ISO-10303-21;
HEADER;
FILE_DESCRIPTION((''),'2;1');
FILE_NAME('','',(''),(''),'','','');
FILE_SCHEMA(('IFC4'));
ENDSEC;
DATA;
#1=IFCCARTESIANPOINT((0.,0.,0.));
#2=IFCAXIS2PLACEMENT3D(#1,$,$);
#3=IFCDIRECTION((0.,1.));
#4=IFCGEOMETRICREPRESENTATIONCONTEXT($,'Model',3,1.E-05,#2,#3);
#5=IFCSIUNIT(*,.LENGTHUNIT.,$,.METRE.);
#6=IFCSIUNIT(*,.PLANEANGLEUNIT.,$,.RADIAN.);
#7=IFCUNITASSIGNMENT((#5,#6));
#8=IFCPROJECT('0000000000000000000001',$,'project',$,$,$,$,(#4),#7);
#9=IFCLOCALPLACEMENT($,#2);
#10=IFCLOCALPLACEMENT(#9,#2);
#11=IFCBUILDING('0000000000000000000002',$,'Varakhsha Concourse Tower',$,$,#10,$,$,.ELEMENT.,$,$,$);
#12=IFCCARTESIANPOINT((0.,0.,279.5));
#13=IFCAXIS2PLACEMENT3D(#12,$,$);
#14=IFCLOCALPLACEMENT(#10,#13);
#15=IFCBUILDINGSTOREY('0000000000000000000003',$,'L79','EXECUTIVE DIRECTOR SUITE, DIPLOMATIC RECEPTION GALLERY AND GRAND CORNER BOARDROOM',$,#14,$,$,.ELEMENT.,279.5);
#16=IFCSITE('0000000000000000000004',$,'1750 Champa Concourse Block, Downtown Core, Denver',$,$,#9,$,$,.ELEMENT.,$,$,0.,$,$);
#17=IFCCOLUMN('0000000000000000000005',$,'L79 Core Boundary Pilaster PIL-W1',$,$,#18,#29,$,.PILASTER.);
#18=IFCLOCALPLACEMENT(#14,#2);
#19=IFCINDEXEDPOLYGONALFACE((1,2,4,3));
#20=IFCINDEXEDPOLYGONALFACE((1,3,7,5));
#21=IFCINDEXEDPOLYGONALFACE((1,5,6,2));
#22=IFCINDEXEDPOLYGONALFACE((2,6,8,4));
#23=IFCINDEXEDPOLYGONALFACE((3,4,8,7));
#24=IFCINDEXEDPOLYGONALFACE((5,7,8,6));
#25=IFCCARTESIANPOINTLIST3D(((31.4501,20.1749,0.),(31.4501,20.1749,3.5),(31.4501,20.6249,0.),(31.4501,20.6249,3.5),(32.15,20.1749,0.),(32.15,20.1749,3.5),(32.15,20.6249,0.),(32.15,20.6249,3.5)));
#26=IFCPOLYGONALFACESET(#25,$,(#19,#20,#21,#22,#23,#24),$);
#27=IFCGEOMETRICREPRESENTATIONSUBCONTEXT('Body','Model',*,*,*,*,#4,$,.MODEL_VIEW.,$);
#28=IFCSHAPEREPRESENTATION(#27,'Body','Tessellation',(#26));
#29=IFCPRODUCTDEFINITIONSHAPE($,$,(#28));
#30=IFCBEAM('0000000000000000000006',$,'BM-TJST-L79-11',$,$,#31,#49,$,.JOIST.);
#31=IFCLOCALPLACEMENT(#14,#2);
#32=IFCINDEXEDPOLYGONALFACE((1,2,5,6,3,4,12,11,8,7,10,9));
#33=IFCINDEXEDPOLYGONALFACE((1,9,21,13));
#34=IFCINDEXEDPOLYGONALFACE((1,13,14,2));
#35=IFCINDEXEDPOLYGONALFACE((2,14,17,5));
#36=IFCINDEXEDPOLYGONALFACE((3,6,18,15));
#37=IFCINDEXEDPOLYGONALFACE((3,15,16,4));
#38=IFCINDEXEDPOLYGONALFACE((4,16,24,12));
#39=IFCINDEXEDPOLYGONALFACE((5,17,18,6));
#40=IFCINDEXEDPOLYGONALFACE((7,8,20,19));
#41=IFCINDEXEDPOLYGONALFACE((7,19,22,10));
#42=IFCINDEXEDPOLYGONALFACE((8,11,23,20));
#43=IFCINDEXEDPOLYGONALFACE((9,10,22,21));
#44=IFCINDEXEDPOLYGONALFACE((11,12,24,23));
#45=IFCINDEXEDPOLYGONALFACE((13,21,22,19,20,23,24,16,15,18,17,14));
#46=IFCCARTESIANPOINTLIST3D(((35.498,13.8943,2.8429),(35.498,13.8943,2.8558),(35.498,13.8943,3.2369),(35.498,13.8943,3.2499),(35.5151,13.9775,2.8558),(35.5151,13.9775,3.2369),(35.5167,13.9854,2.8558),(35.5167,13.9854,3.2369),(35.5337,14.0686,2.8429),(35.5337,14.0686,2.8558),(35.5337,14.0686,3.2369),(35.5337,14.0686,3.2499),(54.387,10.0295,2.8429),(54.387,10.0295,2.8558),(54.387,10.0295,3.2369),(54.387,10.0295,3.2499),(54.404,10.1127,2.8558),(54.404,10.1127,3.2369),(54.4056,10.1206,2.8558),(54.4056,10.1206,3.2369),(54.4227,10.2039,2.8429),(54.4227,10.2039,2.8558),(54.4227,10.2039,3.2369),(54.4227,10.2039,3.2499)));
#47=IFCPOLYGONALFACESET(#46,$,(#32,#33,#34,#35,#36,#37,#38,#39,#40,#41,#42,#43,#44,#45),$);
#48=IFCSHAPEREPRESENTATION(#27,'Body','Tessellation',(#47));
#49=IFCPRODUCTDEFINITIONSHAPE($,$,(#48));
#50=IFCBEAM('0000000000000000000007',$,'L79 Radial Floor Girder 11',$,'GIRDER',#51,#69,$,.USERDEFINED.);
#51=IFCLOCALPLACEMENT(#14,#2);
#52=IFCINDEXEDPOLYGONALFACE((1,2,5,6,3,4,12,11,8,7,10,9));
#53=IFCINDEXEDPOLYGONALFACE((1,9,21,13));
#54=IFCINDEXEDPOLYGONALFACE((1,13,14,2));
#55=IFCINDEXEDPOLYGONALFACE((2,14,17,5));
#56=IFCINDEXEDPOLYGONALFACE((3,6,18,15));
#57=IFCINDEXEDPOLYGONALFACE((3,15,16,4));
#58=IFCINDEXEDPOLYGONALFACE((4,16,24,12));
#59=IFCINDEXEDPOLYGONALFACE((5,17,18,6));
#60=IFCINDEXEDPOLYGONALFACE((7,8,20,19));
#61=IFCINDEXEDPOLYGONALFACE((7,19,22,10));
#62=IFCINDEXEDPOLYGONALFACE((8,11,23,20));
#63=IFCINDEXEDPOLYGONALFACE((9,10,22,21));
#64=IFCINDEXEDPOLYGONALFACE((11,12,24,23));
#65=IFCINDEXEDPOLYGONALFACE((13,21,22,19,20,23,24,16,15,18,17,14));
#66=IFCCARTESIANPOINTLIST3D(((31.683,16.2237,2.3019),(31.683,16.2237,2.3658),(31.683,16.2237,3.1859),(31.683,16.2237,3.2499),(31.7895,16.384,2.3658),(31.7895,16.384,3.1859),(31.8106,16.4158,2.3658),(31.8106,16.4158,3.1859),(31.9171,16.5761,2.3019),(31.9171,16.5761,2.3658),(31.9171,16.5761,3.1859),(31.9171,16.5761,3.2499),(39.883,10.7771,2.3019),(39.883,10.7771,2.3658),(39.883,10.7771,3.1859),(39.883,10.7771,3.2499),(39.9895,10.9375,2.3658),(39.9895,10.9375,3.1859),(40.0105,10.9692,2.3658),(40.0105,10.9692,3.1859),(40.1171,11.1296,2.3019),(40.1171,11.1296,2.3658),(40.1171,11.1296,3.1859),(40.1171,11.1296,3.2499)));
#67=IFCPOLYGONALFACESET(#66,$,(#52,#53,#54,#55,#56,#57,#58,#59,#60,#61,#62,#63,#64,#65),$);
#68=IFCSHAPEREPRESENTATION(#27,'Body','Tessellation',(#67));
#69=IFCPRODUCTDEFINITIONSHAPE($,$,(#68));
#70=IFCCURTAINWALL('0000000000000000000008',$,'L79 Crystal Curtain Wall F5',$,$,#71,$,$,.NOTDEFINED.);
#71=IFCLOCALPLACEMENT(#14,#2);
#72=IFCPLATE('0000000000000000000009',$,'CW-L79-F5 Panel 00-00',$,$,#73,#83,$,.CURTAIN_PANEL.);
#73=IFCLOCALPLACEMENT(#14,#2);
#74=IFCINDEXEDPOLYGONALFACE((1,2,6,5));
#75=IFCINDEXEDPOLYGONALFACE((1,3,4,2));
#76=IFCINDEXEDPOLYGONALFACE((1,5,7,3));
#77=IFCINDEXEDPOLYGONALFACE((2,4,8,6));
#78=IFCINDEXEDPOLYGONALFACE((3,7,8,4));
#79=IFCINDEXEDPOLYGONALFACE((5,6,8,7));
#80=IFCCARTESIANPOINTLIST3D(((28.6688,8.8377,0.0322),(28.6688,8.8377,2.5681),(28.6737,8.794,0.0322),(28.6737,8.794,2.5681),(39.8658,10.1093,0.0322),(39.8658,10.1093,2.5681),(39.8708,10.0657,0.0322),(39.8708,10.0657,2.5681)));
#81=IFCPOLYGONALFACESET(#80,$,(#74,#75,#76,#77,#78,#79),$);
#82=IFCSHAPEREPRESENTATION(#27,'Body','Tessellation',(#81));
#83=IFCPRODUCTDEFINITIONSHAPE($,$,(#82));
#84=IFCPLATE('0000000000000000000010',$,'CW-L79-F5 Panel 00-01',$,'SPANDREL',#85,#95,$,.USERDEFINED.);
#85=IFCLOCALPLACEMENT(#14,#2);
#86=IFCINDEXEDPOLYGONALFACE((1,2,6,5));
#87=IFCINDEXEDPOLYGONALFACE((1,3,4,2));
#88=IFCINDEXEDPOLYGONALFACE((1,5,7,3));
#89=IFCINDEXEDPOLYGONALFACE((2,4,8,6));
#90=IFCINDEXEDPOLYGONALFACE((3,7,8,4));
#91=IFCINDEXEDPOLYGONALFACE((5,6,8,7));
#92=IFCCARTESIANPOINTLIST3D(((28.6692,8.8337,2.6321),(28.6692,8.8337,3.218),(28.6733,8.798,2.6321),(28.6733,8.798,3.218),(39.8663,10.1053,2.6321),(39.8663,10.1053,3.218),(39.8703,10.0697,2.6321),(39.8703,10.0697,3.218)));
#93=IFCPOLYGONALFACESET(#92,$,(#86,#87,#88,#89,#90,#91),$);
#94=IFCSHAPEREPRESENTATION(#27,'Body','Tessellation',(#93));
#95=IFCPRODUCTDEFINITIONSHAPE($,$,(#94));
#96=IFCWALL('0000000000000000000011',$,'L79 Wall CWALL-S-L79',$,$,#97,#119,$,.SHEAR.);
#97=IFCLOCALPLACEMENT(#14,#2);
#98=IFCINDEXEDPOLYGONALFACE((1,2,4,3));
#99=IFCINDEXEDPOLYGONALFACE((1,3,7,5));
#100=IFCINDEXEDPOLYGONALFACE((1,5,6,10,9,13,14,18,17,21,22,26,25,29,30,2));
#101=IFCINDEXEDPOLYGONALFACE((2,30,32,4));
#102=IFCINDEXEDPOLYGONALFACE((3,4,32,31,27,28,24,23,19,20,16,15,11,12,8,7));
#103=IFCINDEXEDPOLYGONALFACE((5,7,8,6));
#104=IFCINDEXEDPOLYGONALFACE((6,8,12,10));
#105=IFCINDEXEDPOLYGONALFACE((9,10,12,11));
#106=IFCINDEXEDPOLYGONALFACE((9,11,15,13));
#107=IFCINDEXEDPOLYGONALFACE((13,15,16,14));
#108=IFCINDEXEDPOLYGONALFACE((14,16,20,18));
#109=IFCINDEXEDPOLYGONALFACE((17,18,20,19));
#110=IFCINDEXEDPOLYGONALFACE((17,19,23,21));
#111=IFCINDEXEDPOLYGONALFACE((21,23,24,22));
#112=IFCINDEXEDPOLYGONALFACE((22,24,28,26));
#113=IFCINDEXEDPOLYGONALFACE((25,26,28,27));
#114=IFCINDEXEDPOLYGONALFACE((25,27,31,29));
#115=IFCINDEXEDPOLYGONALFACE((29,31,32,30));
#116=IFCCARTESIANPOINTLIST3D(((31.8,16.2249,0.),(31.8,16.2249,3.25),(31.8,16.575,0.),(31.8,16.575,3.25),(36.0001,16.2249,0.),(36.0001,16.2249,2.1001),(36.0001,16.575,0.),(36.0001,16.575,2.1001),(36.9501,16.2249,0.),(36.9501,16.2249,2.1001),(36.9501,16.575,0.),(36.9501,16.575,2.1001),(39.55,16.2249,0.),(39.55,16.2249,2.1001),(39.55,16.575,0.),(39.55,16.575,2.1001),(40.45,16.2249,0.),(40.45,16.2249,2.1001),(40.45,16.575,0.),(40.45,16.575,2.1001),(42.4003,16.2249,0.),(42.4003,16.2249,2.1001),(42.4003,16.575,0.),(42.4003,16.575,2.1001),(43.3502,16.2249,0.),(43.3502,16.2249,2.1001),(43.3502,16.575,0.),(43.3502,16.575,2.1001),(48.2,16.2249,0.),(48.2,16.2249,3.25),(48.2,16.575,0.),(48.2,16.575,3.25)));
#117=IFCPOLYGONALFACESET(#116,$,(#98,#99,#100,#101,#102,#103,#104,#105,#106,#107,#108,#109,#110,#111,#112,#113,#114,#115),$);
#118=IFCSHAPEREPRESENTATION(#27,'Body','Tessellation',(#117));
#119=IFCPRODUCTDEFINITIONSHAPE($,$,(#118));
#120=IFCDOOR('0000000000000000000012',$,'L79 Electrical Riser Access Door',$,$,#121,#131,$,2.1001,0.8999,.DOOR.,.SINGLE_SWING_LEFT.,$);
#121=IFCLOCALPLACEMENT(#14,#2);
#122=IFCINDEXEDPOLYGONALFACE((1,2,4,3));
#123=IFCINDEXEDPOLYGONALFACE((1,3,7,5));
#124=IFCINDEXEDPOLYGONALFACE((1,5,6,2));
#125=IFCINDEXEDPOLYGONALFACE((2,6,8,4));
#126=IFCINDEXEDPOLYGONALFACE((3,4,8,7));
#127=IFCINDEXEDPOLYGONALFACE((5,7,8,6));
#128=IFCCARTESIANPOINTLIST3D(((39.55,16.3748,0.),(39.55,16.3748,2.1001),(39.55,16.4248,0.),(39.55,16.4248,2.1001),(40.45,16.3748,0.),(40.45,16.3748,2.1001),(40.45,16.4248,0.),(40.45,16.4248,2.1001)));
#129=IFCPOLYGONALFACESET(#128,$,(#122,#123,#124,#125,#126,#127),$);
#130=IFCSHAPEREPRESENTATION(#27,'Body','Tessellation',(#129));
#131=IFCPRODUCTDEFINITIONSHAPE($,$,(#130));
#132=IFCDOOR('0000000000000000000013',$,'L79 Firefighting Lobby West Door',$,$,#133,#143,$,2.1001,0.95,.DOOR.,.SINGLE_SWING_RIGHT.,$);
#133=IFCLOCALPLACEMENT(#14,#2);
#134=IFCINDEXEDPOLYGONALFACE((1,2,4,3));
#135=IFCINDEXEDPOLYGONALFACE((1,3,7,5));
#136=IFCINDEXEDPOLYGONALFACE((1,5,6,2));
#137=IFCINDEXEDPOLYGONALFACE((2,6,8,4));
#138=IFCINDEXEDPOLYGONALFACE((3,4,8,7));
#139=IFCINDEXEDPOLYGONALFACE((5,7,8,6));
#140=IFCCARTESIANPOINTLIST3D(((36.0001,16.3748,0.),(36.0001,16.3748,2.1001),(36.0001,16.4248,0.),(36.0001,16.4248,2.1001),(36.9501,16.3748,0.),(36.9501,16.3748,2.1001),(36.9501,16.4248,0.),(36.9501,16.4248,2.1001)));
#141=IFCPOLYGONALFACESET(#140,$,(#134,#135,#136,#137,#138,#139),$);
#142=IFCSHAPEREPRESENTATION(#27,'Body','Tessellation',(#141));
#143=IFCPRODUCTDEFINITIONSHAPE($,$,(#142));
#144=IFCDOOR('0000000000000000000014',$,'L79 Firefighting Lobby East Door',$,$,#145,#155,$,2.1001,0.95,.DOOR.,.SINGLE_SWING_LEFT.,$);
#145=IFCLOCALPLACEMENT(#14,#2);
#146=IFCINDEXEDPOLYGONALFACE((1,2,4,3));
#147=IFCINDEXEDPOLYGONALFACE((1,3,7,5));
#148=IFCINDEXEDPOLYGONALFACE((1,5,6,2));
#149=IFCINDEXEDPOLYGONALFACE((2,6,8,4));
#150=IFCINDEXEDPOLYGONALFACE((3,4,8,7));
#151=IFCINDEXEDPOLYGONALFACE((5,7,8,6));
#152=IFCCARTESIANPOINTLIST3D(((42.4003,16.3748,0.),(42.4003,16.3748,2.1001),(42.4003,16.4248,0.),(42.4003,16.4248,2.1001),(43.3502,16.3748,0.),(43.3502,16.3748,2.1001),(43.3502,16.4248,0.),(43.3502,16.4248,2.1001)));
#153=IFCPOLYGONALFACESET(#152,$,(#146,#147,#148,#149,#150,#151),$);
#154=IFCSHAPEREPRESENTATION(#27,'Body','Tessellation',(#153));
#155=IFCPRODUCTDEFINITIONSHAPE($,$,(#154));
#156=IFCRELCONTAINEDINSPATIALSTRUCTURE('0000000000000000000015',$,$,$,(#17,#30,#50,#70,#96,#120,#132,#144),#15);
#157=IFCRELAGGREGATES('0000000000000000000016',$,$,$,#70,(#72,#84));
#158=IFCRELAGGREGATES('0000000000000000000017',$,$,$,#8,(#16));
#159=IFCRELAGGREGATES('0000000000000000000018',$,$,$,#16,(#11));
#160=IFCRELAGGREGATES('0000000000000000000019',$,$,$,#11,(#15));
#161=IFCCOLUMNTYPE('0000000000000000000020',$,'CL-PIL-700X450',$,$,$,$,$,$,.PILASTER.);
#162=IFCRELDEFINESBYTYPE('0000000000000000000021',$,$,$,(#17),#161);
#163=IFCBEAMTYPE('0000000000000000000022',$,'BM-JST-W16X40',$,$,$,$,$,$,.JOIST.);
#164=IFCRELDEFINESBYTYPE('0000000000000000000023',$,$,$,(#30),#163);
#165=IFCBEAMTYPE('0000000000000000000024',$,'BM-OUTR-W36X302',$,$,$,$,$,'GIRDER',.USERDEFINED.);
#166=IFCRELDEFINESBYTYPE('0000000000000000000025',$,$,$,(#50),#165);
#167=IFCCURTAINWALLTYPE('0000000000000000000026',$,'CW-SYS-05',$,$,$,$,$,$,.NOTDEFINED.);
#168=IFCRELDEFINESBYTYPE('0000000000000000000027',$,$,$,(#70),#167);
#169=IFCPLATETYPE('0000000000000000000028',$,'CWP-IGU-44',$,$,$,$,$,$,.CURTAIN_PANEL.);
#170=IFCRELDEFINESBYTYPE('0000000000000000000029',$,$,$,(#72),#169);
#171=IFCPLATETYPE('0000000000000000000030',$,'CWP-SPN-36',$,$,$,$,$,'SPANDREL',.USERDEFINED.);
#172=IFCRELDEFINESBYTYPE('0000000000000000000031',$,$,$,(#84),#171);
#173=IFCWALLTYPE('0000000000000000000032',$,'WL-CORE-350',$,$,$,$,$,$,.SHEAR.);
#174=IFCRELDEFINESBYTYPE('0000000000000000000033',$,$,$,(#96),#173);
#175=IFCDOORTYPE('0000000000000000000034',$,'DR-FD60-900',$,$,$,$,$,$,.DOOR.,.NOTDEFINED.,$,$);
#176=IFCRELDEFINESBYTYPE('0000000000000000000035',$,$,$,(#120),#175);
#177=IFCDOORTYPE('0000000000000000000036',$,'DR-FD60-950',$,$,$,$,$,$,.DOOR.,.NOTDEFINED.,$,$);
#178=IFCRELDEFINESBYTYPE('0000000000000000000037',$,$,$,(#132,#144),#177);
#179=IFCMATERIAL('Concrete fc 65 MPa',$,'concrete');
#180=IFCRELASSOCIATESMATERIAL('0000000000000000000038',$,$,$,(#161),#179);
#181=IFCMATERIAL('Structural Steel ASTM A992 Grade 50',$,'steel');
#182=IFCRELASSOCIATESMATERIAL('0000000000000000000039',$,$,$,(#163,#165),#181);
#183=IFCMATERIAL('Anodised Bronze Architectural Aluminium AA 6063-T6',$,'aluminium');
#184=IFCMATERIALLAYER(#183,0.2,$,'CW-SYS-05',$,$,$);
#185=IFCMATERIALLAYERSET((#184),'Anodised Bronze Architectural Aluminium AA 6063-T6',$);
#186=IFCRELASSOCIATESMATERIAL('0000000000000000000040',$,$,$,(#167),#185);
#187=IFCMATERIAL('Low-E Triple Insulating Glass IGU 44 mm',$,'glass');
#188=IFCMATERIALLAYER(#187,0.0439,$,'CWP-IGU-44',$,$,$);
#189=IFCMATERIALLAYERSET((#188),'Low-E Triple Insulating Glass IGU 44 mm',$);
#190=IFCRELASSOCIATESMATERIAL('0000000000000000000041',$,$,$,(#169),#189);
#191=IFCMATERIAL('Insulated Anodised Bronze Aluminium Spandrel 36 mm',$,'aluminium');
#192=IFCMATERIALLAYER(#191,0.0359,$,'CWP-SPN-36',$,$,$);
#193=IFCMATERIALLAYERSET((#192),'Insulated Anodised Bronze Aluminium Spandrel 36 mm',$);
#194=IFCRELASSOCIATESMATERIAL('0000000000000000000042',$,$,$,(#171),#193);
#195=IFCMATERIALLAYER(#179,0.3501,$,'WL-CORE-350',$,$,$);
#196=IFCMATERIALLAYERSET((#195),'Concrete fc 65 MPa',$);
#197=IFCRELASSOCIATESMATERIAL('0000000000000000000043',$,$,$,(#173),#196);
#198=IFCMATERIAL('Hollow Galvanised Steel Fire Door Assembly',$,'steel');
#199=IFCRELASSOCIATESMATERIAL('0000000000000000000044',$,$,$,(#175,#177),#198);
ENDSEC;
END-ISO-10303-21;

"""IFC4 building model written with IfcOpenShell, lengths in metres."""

from ifc_helpers import new_model, si_unit, direction, frame, frame_2d, origin, origin_2d, place, context, subcontext, project, spatial, rectangle, i_section, extrude, source, transform, mapped, material, layer, layer_set, material_profile, profile_set, type_object, type_shapes, element, fill, aggregate, save


model = new_model("IFC4")

# Units and contexts
model_context = context("Model", 3, precision=1e-05, world=origin(), true_north=direction((0.0, 1.0)))
body_context = subcontext(model_context, "Body", "Model", "MODEL_VIEW")
ifc_project = project(units=[si_unit("LENGTHUNIT", "METRE"), si_unit("PLANEANGLEUNIT", "RADIAN")], contexts=[model_context])

# Site, building, storey
site_placement = place(None, origin())
site = spatial("IfcSite", under=ifc_project, at=site_placement, Name="1750 Champa Concourse Block, Downtown Core, Denver", CompositionType="ELEMENT", RefElevation=0.0)
building_placement = place(site_placement, origin())
building = spatial("IfcBuilding", under=site, at=building_placement, Name="Varakhsha Concourse Tower", CompositionType="ELEMENT")
storey_placement = place(building_placement, frame((0.0, 0.0, 279.5)))
storey = spatial("IfcBuildingStorey", under=building, at=storey_placement, Name="L79", Description="EXECUTIVE DIRECTOR SUITE, DIPLOMATIC RECEPTION GALLERY AND GRAND CORNER BOARDROOM", CompositionType="ELEMENT", Elevation=279.5)

# Column
ifc_material_1 = material(Name="Concrete fc 65 MPa", Category="concrete")
ifc_material_profile_1 = material_profile(ifc_material_1, rectangle(XDim=0.7, YDim=0.45, at=origin_2d()), Name="RC 700x450")
ifc_profile_set_1 = profile_set([ifc_material_profile_1], Name="Concrete fc 65 MPa")
column_type = type_object("IfcColumnType", Name="CL-PIL-700X450", PredefinedType="PILASTER", material=ifc_profile_set_1)
column_placement = place(storey_placement, frame((31.8, 20.3999, 0.0), z_axis=(0.0, 0.0, 1.0), x_axis=(1.0, 0.0, 0.0)))
element("IfcColumn", 1, at=column_placement, inside=storey, type_object=column_type, Name="L79 Core Boundary Pilaster PIL-W1", PredefinedType="PILASTER", context=body_context, shape_type="SweptSolid", body=[
    extrude(rectangle(XDim=0.7, YDim=0.45, at=origin_2d()), origin(), (0.0, 0.0, 1.0), 3.5),
])

# Beams
ifc_material_2 = material(Name="Structural Steel ASTM A992 Grade 50", Category="steel")
ifc_material_profile_2 = material_profile(ifc_material_2, i_section(OverallWidth=0.178, OverallDepth=0.407, WebThickness=0.0081, FlangeThickness=0.0129, at=origin_2d()), Name="W16X40")
ifc_profile_set_2 = profile_set([ifc_material_profile_2], Name="Structural Steel ASTM A992 Grade 50")
beam_type_1 = type_object("IfcBeamType", Name="BM-JST-W16X40", PredefinedType="JOIST", material=ifc_profile_set_2)
beam_1_placement = place(storey_placement, frame((35.5159, 13.9814, 3.0464), z_axis=(0.979704, -0.200451, 0.0), x_axis=(0.200451, 0.979704, 0.0)))
element("IfcBeam", 2, at=beam_1_placement, inside=storey, type_object=beam_type_1, Name="BM-TJST-L79-11", PredefinedType="JOIST", context=body_context, shape_type="SweptSolid", body=[
    extrude(i_section(OverallWidth=0.178, OverallDepth=0.407, WebThickness=0.0081, FlangeThickness=0.0129, at=origin_2d()), origin(), (0.0, 0.0, 1.0), 19.2803),
])
ifc_material_profile_3 = material_profile(ifc_material_2, i_section(OverallWidth=0.4231, OverallDepth=0.948, WebThickness=0.0381, FlangeThickness=0.064, at=origin_2d()), Name="W36X302")
ifc_profile_set_3 = profile_set([ifc_material_profile_3], Name="Structural Steel ASTM A992 Grade 50")
beam_type_2 = type_object("IfcBeamType", Name="BM-OUTR-W36X302", ElementType="GIRDER", PredefinedType="USERDEFINED", material=ifc_profile_set_3)
beam_2_placement = place(storey_placement, frame((31.8, 16.3999, 2.7759), z_axis=(0.832992, -0.553286, 0.0), x_axis=(0.553286, 0.832992, 0.0)))
element("IfcBeam", 3, at=beam_2_placement, inside=storey, type_object=beam_type_2, Name="L79 Radial Floor Girder 11", ObjectType="GIRDER", PredefinedType="USERDEFINED", context=body_context, shape_type="SweptSolid", body=[
    extrude(i_section(OverallWidth=0.4231, OverallDepth=0.948, WebThickness=0.0381, FlangeThickness=0.064, at=origin_2d()), origin(), (0.0, 0.0, 1.0), 9.844),
])

# Curtain wall, plates
ifc_material_3 = material(Name="Anodised Bronze Architectural Aluminium AA 6063-T6", Category="aluminium")
ifc_layer_1 = layer(ifc_material_3, 0.2, Name="CW-SYS-05")
ifc_layer_set_1 = layer_set([ifc_layer_1], Name="Anodised Bronze Architectural Aluminium AA 6063-T6")
curtain_wall_type = type_object("IfcCurtainWallType", Name="CW-SYS-05", PredefinedType="NOTDEFINED", material=ifc_layer_set_1)
curtain_wall_placement = place(storey_placement, origin())
curtain_wall = element("IfcCurtainWall", 4, at=curtain_wall_placement, inside=storey, type_object=curtain_wall_type, Name="L79 Crystal Curtain Wall F5", PredefinedType="NOTDEFINED")
ifc_material_4 = material(Name="Low-E Triple Insulating Glass IGU 44 mm", Category="glass")
ifc_layer_2 = layer(ifc_material_4, 0.0439, Name="CWP-IGU-44")
ifc_layer_set_2 = layer_set([ifc_layer_2], Name="Low-E Triple Insulating Glass IGU 44 mm")
plate_type_1 = type_object("IfcPlateType", Name="CWP-IGU-44", PredefinedType="CURTAIN_PANEL", material=ifc_layer_set_2)
shared_shape_1 = source(origin(), body_context, "Body", "SweptSolid", [
    extrude(rectangle(XDim=11.269, YDim=0.0439, at=origin_2d()), origin(), (0.0, 0.0, 1.0), 2.5359),
])
type_shapes(plate_type_1, [shared_shape_1])
plate_1_placement = place(storey_placement, frame((34.2698, 9.4517, 0.0322), z_axis=(0.0, 0.0, 1.0), x_axis=(-0.993613, -0.112844, 0.0)))
plate_1 = element("IfcPlate", 5, at=plate_1_placement, type_object=plate_type_1, Name="CW-L79-F5 Panel 00-00", PredefinedType="CURTAIN_PANEL", context=body_context, shape_type="MappedRepresentation", body=[
    mapped(shared_shape_1, transform((0.0, 0.0, 0.0), scale=1.0)),
])
ifc_material_5 = material(Name="Insulated Anodised Bronze Aluminium Spandrel 36 mm", Category="aluminium")
ifc_layer_3 = layer(ifc_material_5, 0.0359, Name="CWP-SPN-36")
ifc_layer_set_3 = layer_set([ifc_layer_3], Name="Insulated Anodised Bronze Aluminium Spandrel 36 mm")
plate_type_2 = type_object("IfcPlateType", Name="CWP-SPN-36", ElementType="SPANDREL", PredefinedType="USERDEFINED", material=ifc_layer_set_3)
shared_shape_2 = source(origin(), body_context, "Body", "SweptSolid", [
    extrude(rectangle(XDim=11.269, YDim=0.0359, at=origin_2d()), origin(), (0.0, 0.0, 1.0), 0.5859),
])
type_shapes(plate_type_2, [shared_shape_2])
plate_2_placement = place(storey_placement, frame((34.2698, 9.4517, 2.6321), z_axis=(0.0, 0.0, 1.0), x_axis=(-0.993613, -0.112844, 0.0)))
plate_2 = element("IfcPlate", 6, at=plate_2_placement, type_object=plate_type_2, Name="CW-L79-F5 Panel 00-01", ObjectType="SPANDREL", PredefinedType="USERDEFINED", context=body_context, shape_type="MappedRepresentation", body=[
    mapped(shared_shape_2, transform((0.0, 0.0, 0.0), scale=1.0)),
])
aggregate(curtain_wall, [plate_1, plate_2])

# Wall, openings, doors
ifc_layer_4 = layer(ifc_material_1, 0.3501, Name="WL-CORE-350")
ifc_layer_set_4 = layer_set([ifc_layer_4], Name="Concrete fc 65 MPa")
wall_type_1 = type_object("IfcWallType", Name="WL-CORE-350", PredefinedType="SHEAR", material=ifc_layer_set_4)
wall_1_placement = place(storey_placement, frame((31.8, 16.3999, 0.0), z_axis=(0.0, 0.0, 1.0), x_axis=(1.0, 0.0, 0.0)))
wall_1 = element("IfcWall", 7, at=wall_1_placement, inside=storey, type_object=wall_type_1, Name="L79 Wall CWALL-S-L79", PredefinedType="SHEAR", context=body_context, shape_type="SweptSolid", body=[
    extrude(rectangle(XDim=16.3999, YDim=0.3501, at=frame_2d((8.2, 0.0))), origin(), (0.0, 0.0, 1.0), 3.25),
])
opening_1_placement = place(wall_1_placement, frame((7.75, 0.0, 0.0)))
opening_1 = element("IfcOpeningElement", 8, at=opening_1_placement, cuts=wall_1, PredefinedType="OPENING", context=body_context, shape_type="SweptSolid", body=[
    extrude(rectangle(XDim=0.8999, YDim=2.1001, at=frame_2d((0.45, 1.05))), frame((0.0, 0.1851, 0.0), z_axis=(0.0, -1.0, 0.0), x_axis=(1.0, 0.0, 0.0)), (0.0, 0.0, 1.0), 0.3701),
])
opening_2_placement = place(wall_1_placement, frame((4.2, 0.0, 0.0)))
opening_2 = element("IfcOpeningElement", 9, at=opening_2_placement, cuts=wall_1, PredefinedType="OPENING", context=body_context, shape_type="SweptSolid", body=[
    extrude(rectangle(XDim=0.95, YDim=2.1001, at=frame_2d((0.4751, 1.05))), frame((0.0, 0.1851, 0.0), z_axis=(0.0, -1.0, 0.0), x_axis=(1.0, 0.0, 0.0)), (0.0, 0.0, 1.0), 0.3701),
])
opening_3_placement = place(wall_1_placement, frame((10.6001, 0.0, 0.0)))
opening_3 = element("IfcOpeningElement", 10, at=opening_3_placement, cuts=wall_1, PredefinedType="OPENING", context=body_context, shape_type="SweptSolid", body=[
    extrude(rectangle(XDim=0.95, YDim=2.1001, at=frame_2d((0.4751, 1.05))), frame((0.0, 0.1851, 0.0), z_axis=(0.0, -1.0, 0.0), x_axis=(1.0, 0.0, 0.0)), (0.0, 0.0, 1.0), 0.3701),
])
ifc_material_6 = material(Name="Hollow Galvanised Steel Fire Door Assembly", Category="steel")
door_type_1 = type_object("IfcDoorType", Name="DR-FD60-900", OperationType="NOTDEFINED", PredefinedType="DOOR", material=ifc_material_6)
door_1_placement = place(opening_1_placement, origin())
door_1 = element("IfcDoor", 11, at=door_1_placement, inside=storey, type_object=door_type_1, Name="L79 Electrical Riser Access Door", OperationType="SINGLE_SWING_LEFT", OverallHeight=2.1001, OverallWidth=0.8999, PredefinedType="DOOR", context=body_context, shape_type="SweptSolid", body=[
    extrude(rectangle(XDim=0.8999, YDim=2.1001, at=frame_2d((0.45, 1.05))), frame((0.0, 0.0249, 0.0), z_axis=(0.0, -1.0, 0.0), x_axis=(1.0, 0.0, 0.0)), (0.0, 0.0, 1.0), 0.05),
])
fill(opening_1, door_1)
door_type_2 = type_object("IfcDoorType", Name="DR-FD60-950", OperationType="NOTDEFINED", PredefinedType="DOOR", material=ifc_material_6)
door_2_placement = place(opening_2_placement, origin())
door_2 = element("IfcDoor", 12, at=door_2_placement, inside=storey, type_object=door_type_2, Name="L79 Firefighting Lobby West Door", OperationType="SINGLE_SWING_RIGHT", OverallHeight=2.1001, OverallWidth=0.95, PredefinedType="DOOR", context=body_context, shape_type="SweptSolid", body=[
    extrude(rectangle(XDim=0.95, YDim=2.1001, at=frame_2d((0.4751, 1.05))), frame((0.0, 0.0249, 0.0), z_axis=(0.0, -1.0, 0.0), x_axis=(1.0, 0.0, 0.0)), (0.0, 0.0, 1.0), 0.05),
])
fill(opening_2, door_2)
door_3_placement = place(opening_3_placement, origin())
door_3 = element("IfcDoor", 13, at=door_3_placement, inside=storey, type_object=door_type_2, Name="L79 Firefighting Lobby East Door", OperationType="SINGLE_SWING_LEFT", OverallHeight=2.1001, OverallWidth=0.95, PredefinedType="DOOR", context=body_context, shape_type="SweptSolid", body=[
    extrude(rectangle(XDim=0.95, YDim=2.1001, at=frame_2d((0.4751, 1.05))), frame((0.0, 0.0249, 0.0), z_axis=(0.0, -1.0, 0.0), x_axis=(1.0, 0.0, 0.0)), (0.0, 0.0, 1.0), 0.05),
])
fill(opening_3, door_3)

save(model, "model.ifc")
